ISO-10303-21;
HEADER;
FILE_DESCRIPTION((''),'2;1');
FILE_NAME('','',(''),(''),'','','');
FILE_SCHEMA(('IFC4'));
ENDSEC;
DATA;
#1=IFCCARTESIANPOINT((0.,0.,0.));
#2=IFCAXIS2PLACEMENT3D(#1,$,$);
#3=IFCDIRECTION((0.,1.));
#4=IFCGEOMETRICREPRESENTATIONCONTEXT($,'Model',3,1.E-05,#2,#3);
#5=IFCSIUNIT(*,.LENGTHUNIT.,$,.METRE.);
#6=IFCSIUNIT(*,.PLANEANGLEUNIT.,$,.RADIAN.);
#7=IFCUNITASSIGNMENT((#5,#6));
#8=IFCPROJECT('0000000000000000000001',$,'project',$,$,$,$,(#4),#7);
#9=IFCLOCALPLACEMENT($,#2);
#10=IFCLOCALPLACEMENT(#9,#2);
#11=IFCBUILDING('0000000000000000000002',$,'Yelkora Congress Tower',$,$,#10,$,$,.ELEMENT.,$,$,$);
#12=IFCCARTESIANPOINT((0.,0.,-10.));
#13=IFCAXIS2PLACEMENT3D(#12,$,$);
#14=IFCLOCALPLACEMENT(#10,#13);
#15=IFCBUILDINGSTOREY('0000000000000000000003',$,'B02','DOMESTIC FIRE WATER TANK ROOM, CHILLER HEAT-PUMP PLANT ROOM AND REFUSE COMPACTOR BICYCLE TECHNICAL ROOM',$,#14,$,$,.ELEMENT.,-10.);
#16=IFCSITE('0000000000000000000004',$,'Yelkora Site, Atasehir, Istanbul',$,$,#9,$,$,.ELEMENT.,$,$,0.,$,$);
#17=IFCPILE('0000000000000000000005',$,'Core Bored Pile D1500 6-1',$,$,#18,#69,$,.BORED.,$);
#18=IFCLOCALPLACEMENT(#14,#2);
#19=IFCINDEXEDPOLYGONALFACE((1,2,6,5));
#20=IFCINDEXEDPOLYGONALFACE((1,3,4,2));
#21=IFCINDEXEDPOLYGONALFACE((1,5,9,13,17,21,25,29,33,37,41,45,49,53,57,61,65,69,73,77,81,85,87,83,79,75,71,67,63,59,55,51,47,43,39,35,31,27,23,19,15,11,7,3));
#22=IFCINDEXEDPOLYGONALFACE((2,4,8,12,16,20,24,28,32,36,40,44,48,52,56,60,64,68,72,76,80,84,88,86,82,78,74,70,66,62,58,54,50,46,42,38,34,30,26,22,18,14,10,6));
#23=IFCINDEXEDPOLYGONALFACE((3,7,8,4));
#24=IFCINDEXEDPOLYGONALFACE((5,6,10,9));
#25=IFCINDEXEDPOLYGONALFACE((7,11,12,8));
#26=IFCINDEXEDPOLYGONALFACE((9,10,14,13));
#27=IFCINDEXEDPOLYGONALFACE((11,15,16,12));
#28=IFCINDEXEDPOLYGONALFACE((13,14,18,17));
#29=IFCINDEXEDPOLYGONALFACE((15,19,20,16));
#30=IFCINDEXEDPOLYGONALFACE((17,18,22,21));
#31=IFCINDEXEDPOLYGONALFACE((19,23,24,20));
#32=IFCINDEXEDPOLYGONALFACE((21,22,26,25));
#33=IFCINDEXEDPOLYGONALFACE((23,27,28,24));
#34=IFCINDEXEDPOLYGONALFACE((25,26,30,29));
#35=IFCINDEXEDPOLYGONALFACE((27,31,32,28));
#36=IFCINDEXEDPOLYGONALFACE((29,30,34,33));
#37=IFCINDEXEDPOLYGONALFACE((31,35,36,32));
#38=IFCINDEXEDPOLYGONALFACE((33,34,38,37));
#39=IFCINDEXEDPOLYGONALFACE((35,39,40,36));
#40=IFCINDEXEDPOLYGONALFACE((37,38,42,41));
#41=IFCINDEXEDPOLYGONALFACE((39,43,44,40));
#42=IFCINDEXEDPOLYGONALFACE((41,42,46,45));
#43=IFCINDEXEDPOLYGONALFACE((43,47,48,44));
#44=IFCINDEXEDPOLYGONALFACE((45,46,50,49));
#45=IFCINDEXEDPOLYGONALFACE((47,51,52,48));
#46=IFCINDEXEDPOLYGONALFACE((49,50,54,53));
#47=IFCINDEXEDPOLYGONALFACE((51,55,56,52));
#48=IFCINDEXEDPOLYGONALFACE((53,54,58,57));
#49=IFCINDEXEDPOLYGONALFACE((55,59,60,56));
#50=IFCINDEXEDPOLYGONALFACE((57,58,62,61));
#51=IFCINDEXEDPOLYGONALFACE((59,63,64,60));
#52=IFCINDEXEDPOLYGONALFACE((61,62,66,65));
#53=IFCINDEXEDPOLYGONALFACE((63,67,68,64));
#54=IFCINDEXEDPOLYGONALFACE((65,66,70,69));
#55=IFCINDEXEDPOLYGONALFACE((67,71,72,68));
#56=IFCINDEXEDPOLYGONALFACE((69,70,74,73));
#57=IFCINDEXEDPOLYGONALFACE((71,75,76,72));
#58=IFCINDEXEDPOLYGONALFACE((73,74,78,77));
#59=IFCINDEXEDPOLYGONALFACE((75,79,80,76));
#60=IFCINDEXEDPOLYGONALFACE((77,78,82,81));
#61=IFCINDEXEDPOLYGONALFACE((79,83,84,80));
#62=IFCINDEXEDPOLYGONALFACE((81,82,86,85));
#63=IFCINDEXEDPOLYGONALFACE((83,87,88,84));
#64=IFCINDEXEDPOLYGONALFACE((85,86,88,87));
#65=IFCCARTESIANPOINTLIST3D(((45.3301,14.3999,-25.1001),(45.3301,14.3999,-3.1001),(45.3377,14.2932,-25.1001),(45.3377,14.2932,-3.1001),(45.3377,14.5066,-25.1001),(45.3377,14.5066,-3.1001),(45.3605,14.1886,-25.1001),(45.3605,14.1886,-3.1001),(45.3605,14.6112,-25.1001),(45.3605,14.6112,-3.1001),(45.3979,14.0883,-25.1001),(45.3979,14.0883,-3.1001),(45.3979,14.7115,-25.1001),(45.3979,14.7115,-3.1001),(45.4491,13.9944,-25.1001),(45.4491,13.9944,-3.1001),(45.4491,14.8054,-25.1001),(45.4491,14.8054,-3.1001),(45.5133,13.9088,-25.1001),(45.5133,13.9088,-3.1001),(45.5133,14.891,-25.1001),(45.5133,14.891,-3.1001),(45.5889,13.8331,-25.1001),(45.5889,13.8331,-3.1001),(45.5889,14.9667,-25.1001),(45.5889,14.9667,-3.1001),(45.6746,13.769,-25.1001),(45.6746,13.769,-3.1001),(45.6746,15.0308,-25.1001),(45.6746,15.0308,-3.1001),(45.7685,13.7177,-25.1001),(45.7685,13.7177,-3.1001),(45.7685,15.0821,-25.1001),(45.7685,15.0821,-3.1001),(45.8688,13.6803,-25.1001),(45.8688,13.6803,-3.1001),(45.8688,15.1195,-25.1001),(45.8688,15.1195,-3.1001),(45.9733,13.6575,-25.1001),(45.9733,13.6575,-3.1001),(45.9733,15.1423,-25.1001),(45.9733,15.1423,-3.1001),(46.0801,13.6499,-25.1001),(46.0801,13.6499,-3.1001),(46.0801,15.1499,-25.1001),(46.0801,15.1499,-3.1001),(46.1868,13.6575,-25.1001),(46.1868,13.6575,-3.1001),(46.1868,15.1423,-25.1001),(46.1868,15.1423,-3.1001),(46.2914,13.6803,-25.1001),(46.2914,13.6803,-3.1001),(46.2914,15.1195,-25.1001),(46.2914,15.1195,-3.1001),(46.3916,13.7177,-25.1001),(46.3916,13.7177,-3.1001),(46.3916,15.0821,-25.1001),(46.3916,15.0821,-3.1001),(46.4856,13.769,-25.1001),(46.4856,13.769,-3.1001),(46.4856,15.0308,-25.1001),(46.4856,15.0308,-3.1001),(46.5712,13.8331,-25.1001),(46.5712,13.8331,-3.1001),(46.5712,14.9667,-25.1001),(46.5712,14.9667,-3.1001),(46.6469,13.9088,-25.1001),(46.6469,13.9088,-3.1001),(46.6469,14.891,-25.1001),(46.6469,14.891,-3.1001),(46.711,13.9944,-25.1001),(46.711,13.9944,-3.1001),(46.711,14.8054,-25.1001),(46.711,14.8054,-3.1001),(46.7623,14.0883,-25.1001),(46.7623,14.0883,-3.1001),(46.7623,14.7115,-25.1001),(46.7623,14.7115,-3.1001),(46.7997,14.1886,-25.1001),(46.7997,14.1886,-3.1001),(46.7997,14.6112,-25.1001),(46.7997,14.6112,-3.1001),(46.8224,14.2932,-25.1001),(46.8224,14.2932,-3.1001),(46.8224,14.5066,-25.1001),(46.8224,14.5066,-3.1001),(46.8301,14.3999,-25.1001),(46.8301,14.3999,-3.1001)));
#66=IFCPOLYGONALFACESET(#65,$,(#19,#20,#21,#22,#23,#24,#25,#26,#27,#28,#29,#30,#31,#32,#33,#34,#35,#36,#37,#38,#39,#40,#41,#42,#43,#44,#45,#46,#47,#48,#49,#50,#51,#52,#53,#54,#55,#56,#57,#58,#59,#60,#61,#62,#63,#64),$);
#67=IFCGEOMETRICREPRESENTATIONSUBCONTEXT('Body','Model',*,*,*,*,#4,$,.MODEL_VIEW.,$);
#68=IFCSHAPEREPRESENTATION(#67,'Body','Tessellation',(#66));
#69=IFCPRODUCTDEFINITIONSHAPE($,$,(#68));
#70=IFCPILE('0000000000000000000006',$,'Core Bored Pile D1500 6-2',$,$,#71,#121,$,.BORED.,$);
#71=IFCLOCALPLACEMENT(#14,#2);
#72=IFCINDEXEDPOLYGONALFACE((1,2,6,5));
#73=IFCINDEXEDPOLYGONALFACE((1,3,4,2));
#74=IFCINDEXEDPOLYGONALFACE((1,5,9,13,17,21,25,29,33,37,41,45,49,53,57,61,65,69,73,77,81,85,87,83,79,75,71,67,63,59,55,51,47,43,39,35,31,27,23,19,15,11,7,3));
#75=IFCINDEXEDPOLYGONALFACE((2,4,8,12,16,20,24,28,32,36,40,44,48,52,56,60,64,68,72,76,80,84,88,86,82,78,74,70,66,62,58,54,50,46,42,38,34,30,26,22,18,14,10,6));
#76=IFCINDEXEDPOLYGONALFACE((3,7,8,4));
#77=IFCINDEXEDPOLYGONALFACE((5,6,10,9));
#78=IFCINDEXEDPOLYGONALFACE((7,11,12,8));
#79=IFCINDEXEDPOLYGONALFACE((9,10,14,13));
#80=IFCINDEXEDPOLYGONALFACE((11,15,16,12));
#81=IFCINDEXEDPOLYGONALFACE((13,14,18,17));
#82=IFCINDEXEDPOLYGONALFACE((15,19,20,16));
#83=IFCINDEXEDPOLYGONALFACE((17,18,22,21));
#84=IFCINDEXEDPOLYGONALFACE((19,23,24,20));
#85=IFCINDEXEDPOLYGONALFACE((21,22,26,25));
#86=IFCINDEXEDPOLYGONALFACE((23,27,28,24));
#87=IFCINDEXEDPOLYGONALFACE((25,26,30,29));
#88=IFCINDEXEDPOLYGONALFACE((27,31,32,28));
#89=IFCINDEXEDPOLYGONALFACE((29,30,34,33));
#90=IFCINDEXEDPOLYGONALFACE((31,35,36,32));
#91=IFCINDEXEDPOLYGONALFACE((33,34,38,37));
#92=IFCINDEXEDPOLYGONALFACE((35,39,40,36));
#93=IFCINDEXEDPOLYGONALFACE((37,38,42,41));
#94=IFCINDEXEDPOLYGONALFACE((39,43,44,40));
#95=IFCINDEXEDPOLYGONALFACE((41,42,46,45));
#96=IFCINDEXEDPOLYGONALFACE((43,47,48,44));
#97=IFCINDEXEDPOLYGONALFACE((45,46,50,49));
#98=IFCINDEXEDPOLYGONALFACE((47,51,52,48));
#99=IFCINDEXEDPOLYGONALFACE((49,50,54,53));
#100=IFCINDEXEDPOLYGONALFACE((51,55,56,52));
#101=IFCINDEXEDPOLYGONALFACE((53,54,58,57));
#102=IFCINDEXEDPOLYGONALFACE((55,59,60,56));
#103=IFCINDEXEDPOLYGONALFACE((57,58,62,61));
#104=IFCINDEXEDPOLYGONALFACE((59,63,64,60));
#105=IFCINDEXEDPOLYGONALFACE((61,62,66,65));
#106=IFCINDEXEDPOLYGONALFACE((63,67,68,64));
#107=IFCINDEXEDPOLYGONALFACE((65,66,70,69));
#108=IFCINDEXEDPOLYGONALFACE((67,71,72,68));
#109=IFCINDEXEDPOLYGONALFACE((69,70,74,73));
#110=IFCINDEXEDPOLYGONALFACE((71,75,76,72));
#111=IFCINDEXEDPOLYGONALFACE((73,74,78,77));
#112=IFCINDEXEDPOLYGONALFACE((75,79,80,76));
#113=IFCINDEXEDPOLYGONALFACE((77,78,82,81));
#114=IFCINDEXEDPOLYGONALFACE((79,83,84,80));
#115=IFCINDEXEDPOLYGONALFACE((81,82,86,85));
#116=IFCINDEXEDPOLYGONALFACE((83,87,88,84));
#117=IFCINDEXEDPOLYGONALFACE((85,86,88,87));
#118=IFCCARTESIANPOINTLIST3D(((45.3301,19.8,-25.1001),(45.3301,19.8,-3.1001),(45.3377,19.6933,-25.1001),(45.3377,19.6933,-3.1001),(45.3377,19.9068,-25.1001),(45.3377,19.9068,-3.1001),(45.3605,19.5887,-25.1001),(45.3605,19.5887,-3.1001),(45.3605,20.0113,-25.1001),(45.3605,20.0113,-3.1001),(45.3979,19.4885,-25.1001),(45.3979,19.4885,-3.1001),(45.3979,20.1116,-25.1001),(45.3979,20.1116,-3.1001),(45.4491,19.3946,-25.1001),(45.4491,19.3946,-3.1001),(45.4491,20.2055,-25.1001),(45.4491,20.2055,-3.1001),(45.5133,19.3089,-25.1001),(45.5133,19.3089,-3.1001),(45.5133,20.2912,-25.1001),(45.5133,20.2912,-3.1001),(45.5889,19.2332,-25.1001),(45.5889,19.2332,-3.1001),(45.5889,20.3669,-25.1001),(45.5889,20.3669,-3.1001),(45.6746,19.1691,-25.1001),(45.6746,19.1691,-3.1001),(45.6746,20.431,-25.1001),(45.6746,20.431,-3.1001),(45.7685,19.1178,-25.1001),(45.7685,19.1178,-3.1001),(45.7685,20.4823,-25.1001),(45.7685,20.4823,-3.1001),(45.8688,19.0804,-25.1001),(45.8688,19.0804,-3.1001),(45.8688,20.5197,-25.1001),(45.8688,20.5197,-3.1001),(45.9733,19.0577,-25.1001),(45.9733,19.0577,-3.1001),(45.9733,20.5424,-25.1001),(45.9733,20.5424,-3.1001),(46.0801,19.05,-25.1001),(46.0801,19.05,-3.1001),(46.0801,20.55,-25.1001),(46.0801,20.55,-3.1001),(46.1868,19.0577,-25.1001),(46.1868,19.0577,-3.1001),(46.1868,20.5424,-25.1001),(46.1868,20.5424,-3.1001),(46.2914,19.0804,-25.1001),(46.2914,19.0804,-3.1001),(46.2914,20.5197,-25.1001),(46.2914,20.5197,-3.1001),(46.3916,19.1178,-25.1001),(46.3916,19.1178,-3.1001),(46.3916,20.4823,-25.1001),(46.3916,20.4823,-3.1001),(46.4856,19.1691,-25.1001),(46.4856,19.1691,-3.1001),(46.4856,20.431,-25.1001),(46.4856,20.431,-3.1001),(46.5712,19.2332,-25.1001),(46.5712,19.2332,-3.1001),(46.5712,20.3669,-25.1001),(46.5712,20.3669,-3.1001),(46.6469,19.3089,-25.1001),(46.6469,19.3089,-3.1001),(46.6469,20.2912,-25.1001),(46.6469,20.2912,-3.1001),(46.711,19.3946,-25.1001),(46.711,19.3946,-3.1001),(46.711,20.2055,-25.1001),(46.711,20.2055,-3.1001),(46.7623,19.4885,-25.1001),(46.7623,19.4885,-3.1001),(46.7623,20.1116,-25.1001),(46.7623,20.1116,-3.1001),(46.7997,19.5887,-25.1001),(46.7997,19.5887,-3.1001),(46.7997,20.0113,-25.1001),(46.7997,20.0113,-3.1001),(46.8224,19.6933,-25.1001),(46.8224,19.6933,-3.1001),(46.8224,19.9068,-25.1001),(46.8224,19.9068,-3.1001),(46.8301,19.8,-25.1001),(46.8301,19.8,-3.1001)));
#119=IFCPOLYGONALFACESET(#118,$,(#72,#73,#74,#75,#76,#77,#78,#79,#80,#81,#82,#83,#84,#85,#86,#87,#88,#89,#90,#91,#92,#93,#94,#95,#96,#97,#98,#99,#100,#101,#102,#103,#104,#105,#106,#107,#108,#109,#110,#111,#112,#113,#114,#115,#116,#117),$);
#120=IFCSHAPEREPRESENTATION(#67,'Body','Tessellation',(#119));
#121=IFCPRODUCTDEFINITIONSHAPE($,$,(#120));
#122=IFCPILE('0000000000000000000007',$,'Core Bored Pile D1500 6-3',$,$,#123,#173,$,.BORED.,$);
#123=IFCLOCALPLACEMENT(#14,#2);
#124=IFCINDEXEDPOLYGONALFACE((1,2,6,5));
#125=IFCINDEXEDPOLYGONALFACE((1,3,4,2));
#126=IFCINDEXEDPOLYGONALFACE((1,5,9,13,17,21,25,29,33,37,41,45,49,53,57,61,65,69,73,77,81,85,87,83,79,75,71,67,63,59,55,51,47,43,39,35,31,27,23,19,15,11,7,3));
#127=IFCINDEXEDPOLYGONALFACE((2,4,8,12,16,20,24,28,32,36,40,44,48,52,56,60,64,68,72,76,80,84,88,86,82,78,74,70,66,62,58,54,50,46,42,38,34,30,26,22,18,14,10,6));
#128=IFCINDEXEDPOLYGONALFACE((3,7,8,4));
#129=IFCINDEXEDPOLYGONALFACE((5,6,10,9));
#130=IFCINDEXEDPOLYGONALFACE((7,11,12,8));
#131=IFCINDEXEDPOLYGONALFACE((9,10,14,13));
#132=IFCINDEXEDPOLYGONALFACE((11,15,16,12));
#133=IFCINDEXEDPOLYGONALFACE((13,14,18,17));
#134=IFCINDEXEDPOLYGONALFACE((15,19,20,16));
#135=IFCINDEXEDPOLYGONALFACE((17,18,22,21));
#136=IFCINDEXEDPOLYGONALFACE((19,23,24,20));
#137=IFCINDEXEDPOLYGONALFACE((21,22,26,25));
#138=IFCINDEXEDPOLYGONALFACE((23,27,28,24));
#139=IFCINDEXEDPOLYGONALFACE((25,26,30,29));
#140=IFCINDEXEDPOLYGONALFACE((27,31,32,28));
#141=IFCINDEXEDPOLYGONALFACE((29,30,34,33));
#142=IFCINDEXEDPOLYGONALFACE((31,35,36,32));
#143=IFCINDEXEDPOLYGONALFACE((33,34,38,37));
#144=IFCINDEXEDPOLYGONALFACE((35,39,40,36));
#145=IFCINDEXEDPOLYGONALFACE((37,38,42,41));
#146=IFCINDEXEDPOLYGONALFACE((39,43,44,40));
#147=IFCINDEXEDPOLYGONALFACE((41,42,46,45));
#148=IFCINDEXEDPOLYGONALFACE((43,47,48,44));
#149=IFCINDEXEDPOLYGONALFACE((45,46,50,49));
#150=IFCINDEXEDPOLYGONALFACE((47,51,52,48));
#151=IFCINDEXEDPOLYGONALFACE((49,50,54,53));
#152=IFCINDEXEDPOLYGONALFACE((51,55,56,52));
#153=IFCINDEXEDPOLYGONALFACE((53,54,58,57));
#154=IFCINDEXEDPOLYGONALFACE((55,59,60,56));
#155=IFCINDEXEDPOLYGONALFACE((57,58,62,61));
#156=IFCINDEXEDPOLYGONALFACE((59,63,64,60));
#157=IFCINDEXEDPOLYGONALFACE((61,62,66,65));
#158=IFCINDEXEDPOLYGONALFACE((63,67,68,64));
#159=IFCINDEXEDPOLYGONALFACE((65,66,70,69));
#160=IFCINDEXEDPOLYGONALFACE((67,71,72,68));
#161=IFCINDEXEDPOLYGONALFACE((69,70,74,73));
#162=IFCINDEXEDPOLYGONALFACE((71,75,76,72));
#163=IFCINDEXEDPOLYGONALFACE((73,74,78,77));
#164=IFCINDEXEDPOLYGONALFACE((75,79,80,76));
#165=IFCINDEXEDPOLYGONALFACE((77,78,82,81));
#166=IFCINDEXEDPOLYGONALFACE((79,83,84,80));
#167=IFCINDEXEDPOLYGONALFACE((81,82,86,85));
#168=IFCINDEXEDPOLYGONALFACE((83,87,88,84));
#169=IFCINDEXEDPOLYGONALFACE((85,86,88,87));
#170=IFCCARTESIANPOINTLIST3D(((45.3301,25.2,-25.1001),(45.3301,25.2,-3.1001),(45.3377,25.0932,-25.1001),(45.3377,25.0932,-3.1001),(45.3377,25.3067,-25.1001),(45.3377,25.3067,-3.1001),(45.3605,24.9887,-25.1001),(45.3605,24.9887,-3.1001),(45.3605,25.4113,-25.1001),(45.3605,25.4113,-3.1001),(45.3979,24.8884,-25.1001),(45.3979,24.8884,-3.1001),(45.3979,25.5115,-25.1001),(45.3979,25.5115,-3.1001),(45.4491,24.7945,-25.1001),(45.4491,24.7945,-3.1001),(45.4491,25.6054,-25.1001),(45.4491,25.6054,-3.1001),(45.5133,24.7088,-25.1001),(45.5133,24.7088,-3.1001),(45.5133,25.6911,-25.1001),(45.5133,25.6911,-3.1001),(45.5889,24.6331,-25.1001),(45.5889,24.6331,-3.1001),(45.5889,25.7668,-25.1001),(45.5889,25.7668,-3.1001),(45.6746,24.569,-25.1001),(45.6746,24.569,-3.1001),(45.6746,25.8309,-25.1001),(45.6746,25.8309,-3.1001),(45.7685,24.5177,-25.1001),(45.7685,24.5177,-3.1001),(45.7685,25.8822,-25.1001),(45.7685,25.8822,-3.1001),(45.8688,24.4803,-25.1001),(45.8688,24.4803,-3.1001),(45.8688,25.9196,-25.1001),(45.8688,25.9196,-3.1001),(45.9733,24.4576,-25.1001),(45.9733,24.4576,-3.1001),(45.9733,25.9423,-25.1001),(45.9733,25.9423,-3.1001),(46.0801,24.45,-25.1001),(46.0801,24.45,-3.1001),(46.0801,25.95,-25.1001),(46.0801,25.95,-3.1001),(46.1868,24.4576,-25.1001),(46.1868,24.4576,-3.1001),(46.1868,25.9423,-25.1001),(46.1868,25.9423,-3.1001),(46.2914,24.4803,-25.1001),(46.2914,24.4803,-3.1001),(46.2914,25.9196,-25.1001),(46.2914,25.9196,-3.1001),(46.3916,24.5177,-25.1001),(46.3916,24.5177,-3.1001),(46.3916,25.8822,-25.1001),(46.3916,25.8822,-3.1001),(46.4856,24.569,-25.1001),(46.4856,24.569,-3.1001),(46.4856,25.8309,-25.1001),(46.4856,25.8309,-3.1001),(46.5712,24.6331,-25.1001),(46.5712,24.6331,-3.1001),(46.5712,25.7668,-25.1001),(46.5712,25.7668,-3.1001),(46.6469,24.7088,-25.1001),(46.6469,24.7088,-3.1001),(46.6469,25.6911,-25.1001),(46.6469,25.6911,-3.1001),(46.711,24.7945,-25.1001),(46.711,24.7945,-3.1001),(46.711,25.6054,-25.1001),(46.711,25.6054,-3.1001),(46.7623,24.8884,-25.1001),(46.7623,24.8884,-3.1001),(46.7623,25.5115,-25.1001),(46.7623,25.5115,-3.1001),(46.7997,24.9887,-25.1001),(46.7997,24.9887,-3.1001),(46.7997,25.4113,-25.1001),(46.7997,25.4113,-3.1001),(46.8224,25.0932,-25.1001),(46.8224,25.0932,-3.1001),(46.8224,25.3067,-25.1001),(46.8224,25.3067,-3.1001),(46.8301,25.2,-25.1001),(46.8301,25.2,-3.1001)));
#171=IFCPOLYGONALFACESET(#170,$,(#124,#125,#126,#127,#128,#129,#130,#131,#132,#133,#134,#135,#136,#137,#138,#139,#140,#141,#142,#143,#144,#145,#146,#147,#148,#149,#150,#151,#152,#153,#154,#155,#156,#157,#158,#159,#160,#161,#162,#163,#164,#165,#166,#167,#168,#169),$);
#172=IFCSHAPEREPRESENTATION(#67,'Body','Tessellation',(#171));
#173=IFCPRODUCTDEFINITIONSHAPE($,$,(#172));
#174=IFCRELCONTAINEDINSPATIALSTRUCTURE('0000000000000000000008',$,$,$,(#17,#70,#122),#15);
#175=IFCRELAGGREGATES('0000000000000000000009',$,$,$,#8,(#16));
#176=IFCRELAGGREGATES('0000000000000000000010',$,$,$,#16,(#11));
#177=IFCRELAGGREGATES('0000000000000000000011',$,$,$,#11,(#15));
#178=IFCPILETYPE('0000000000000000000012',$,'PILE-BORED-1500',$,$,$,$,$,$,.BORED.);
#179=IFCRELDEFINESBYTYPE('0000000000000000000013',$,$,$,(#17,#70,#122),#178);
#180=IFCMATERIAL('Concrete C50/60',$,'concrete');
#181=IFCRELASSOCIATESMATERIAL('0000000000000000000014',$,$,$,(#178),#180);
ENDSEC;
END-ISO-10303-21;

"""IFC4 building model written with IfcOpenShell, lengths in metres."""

from ifc_helpers import new_model, si_unit, direction, frame, origin, origin_2d, place, context, subcontext, project, spatial, circle, extrude, material, material_profile, profile_set, type_object, element, save


model = new_model("IFC4")

# Units and contexts
model_context = context("Model", 3, precision=1e-05, world=origin(), true_north=direction((0.0, 1.0)))
body_context = subcontext(model_context, "Body", "Model", "MODEL_VIEW")
ifc_project = project(units=[si_unit("LENGTHUNIT", "METRE"), si_unit("PLANEANGLEUNIT", "RADIAN")], contexts=[model_context])

# Site, building, storey
site_placement = place(None, origin())
site = spatial("IfcSite", under=ifc_project, at=site_placement, Name="Yelkora Site, Atasehir, Istanbul", CompositionType="ELEMENT", RefElevation=0.0)
building_placement = place(site_placement, origin())
building = spatial("IfcBuilding", under=site, at=building_placement, Name="Yelkora Congress Tower", CompositionType="ELEMENT")
storey_placement = place(building_placement, frame((0.0, 0.0, -10.0)))
storey = spatial("IfcBuildingStorey", under=building, at=storey_placement, Name="B02", Description="DOMESTIC FIRE WATER TANK ROOM, CHILLER HEAT-PUMP PLANT ROOM AND REFUSE COMPACTOR BICYCLE TECHNICAL ROOM", CompositionType="ELEMENT", Elevation=-10.0)

# Piles
ifc_material_1 = material(Name="Concrete C50/60", Category="concrete")
ifc_material_profile_1 = material_profile(ifc_material_1, circle(Radius=0.75, at=origin_2d()), Name="PILE D1500")
ifc_profile_set_1 = profile_set([ifc_material_profile_1], Name="Concrete C50/60")
pile_type = type_object("IfcPileType", Name="PILE-BORED-1500", PredefinedType="BORED", material=ifc_profile_set_1)
for number, where, z_axis, x_axis, name in (
    (1, (46.0801, 14.3999, -3.1001), (0.0, 0.0, -1.0), (1.0, 0.0, 0.0), "Core Bored Pile D1500 6-1"),
    (2, (46.0801, 19.8, -3.1001), (0.0, 0.0, -1.0), (1.0, 0.0, 0.0), "Core Bored Pile D1500 6-2"),
    (3, (46.0801, 25.2, -3.1001), (0.0, 0.0, -1.0), (1.0, 0.0, 0.0), "Core Bored Pile D1500 6-3"),
):
    element("IfcPile", number, at=place(storey_placement, frame(where, z_axis=z_axis, x_axis=x_axis)), inside=storey, type_object=pile_type, Name=name, PredefinedType="BORED", context=body_context, shape_type="SweptSolid", body=[
        extrude(circle(Radius=0.75, at=origin_2d()), origin(), (0.0, 0.0, 1.0), 22.0),
    ])

save(model, "model.ifc")
